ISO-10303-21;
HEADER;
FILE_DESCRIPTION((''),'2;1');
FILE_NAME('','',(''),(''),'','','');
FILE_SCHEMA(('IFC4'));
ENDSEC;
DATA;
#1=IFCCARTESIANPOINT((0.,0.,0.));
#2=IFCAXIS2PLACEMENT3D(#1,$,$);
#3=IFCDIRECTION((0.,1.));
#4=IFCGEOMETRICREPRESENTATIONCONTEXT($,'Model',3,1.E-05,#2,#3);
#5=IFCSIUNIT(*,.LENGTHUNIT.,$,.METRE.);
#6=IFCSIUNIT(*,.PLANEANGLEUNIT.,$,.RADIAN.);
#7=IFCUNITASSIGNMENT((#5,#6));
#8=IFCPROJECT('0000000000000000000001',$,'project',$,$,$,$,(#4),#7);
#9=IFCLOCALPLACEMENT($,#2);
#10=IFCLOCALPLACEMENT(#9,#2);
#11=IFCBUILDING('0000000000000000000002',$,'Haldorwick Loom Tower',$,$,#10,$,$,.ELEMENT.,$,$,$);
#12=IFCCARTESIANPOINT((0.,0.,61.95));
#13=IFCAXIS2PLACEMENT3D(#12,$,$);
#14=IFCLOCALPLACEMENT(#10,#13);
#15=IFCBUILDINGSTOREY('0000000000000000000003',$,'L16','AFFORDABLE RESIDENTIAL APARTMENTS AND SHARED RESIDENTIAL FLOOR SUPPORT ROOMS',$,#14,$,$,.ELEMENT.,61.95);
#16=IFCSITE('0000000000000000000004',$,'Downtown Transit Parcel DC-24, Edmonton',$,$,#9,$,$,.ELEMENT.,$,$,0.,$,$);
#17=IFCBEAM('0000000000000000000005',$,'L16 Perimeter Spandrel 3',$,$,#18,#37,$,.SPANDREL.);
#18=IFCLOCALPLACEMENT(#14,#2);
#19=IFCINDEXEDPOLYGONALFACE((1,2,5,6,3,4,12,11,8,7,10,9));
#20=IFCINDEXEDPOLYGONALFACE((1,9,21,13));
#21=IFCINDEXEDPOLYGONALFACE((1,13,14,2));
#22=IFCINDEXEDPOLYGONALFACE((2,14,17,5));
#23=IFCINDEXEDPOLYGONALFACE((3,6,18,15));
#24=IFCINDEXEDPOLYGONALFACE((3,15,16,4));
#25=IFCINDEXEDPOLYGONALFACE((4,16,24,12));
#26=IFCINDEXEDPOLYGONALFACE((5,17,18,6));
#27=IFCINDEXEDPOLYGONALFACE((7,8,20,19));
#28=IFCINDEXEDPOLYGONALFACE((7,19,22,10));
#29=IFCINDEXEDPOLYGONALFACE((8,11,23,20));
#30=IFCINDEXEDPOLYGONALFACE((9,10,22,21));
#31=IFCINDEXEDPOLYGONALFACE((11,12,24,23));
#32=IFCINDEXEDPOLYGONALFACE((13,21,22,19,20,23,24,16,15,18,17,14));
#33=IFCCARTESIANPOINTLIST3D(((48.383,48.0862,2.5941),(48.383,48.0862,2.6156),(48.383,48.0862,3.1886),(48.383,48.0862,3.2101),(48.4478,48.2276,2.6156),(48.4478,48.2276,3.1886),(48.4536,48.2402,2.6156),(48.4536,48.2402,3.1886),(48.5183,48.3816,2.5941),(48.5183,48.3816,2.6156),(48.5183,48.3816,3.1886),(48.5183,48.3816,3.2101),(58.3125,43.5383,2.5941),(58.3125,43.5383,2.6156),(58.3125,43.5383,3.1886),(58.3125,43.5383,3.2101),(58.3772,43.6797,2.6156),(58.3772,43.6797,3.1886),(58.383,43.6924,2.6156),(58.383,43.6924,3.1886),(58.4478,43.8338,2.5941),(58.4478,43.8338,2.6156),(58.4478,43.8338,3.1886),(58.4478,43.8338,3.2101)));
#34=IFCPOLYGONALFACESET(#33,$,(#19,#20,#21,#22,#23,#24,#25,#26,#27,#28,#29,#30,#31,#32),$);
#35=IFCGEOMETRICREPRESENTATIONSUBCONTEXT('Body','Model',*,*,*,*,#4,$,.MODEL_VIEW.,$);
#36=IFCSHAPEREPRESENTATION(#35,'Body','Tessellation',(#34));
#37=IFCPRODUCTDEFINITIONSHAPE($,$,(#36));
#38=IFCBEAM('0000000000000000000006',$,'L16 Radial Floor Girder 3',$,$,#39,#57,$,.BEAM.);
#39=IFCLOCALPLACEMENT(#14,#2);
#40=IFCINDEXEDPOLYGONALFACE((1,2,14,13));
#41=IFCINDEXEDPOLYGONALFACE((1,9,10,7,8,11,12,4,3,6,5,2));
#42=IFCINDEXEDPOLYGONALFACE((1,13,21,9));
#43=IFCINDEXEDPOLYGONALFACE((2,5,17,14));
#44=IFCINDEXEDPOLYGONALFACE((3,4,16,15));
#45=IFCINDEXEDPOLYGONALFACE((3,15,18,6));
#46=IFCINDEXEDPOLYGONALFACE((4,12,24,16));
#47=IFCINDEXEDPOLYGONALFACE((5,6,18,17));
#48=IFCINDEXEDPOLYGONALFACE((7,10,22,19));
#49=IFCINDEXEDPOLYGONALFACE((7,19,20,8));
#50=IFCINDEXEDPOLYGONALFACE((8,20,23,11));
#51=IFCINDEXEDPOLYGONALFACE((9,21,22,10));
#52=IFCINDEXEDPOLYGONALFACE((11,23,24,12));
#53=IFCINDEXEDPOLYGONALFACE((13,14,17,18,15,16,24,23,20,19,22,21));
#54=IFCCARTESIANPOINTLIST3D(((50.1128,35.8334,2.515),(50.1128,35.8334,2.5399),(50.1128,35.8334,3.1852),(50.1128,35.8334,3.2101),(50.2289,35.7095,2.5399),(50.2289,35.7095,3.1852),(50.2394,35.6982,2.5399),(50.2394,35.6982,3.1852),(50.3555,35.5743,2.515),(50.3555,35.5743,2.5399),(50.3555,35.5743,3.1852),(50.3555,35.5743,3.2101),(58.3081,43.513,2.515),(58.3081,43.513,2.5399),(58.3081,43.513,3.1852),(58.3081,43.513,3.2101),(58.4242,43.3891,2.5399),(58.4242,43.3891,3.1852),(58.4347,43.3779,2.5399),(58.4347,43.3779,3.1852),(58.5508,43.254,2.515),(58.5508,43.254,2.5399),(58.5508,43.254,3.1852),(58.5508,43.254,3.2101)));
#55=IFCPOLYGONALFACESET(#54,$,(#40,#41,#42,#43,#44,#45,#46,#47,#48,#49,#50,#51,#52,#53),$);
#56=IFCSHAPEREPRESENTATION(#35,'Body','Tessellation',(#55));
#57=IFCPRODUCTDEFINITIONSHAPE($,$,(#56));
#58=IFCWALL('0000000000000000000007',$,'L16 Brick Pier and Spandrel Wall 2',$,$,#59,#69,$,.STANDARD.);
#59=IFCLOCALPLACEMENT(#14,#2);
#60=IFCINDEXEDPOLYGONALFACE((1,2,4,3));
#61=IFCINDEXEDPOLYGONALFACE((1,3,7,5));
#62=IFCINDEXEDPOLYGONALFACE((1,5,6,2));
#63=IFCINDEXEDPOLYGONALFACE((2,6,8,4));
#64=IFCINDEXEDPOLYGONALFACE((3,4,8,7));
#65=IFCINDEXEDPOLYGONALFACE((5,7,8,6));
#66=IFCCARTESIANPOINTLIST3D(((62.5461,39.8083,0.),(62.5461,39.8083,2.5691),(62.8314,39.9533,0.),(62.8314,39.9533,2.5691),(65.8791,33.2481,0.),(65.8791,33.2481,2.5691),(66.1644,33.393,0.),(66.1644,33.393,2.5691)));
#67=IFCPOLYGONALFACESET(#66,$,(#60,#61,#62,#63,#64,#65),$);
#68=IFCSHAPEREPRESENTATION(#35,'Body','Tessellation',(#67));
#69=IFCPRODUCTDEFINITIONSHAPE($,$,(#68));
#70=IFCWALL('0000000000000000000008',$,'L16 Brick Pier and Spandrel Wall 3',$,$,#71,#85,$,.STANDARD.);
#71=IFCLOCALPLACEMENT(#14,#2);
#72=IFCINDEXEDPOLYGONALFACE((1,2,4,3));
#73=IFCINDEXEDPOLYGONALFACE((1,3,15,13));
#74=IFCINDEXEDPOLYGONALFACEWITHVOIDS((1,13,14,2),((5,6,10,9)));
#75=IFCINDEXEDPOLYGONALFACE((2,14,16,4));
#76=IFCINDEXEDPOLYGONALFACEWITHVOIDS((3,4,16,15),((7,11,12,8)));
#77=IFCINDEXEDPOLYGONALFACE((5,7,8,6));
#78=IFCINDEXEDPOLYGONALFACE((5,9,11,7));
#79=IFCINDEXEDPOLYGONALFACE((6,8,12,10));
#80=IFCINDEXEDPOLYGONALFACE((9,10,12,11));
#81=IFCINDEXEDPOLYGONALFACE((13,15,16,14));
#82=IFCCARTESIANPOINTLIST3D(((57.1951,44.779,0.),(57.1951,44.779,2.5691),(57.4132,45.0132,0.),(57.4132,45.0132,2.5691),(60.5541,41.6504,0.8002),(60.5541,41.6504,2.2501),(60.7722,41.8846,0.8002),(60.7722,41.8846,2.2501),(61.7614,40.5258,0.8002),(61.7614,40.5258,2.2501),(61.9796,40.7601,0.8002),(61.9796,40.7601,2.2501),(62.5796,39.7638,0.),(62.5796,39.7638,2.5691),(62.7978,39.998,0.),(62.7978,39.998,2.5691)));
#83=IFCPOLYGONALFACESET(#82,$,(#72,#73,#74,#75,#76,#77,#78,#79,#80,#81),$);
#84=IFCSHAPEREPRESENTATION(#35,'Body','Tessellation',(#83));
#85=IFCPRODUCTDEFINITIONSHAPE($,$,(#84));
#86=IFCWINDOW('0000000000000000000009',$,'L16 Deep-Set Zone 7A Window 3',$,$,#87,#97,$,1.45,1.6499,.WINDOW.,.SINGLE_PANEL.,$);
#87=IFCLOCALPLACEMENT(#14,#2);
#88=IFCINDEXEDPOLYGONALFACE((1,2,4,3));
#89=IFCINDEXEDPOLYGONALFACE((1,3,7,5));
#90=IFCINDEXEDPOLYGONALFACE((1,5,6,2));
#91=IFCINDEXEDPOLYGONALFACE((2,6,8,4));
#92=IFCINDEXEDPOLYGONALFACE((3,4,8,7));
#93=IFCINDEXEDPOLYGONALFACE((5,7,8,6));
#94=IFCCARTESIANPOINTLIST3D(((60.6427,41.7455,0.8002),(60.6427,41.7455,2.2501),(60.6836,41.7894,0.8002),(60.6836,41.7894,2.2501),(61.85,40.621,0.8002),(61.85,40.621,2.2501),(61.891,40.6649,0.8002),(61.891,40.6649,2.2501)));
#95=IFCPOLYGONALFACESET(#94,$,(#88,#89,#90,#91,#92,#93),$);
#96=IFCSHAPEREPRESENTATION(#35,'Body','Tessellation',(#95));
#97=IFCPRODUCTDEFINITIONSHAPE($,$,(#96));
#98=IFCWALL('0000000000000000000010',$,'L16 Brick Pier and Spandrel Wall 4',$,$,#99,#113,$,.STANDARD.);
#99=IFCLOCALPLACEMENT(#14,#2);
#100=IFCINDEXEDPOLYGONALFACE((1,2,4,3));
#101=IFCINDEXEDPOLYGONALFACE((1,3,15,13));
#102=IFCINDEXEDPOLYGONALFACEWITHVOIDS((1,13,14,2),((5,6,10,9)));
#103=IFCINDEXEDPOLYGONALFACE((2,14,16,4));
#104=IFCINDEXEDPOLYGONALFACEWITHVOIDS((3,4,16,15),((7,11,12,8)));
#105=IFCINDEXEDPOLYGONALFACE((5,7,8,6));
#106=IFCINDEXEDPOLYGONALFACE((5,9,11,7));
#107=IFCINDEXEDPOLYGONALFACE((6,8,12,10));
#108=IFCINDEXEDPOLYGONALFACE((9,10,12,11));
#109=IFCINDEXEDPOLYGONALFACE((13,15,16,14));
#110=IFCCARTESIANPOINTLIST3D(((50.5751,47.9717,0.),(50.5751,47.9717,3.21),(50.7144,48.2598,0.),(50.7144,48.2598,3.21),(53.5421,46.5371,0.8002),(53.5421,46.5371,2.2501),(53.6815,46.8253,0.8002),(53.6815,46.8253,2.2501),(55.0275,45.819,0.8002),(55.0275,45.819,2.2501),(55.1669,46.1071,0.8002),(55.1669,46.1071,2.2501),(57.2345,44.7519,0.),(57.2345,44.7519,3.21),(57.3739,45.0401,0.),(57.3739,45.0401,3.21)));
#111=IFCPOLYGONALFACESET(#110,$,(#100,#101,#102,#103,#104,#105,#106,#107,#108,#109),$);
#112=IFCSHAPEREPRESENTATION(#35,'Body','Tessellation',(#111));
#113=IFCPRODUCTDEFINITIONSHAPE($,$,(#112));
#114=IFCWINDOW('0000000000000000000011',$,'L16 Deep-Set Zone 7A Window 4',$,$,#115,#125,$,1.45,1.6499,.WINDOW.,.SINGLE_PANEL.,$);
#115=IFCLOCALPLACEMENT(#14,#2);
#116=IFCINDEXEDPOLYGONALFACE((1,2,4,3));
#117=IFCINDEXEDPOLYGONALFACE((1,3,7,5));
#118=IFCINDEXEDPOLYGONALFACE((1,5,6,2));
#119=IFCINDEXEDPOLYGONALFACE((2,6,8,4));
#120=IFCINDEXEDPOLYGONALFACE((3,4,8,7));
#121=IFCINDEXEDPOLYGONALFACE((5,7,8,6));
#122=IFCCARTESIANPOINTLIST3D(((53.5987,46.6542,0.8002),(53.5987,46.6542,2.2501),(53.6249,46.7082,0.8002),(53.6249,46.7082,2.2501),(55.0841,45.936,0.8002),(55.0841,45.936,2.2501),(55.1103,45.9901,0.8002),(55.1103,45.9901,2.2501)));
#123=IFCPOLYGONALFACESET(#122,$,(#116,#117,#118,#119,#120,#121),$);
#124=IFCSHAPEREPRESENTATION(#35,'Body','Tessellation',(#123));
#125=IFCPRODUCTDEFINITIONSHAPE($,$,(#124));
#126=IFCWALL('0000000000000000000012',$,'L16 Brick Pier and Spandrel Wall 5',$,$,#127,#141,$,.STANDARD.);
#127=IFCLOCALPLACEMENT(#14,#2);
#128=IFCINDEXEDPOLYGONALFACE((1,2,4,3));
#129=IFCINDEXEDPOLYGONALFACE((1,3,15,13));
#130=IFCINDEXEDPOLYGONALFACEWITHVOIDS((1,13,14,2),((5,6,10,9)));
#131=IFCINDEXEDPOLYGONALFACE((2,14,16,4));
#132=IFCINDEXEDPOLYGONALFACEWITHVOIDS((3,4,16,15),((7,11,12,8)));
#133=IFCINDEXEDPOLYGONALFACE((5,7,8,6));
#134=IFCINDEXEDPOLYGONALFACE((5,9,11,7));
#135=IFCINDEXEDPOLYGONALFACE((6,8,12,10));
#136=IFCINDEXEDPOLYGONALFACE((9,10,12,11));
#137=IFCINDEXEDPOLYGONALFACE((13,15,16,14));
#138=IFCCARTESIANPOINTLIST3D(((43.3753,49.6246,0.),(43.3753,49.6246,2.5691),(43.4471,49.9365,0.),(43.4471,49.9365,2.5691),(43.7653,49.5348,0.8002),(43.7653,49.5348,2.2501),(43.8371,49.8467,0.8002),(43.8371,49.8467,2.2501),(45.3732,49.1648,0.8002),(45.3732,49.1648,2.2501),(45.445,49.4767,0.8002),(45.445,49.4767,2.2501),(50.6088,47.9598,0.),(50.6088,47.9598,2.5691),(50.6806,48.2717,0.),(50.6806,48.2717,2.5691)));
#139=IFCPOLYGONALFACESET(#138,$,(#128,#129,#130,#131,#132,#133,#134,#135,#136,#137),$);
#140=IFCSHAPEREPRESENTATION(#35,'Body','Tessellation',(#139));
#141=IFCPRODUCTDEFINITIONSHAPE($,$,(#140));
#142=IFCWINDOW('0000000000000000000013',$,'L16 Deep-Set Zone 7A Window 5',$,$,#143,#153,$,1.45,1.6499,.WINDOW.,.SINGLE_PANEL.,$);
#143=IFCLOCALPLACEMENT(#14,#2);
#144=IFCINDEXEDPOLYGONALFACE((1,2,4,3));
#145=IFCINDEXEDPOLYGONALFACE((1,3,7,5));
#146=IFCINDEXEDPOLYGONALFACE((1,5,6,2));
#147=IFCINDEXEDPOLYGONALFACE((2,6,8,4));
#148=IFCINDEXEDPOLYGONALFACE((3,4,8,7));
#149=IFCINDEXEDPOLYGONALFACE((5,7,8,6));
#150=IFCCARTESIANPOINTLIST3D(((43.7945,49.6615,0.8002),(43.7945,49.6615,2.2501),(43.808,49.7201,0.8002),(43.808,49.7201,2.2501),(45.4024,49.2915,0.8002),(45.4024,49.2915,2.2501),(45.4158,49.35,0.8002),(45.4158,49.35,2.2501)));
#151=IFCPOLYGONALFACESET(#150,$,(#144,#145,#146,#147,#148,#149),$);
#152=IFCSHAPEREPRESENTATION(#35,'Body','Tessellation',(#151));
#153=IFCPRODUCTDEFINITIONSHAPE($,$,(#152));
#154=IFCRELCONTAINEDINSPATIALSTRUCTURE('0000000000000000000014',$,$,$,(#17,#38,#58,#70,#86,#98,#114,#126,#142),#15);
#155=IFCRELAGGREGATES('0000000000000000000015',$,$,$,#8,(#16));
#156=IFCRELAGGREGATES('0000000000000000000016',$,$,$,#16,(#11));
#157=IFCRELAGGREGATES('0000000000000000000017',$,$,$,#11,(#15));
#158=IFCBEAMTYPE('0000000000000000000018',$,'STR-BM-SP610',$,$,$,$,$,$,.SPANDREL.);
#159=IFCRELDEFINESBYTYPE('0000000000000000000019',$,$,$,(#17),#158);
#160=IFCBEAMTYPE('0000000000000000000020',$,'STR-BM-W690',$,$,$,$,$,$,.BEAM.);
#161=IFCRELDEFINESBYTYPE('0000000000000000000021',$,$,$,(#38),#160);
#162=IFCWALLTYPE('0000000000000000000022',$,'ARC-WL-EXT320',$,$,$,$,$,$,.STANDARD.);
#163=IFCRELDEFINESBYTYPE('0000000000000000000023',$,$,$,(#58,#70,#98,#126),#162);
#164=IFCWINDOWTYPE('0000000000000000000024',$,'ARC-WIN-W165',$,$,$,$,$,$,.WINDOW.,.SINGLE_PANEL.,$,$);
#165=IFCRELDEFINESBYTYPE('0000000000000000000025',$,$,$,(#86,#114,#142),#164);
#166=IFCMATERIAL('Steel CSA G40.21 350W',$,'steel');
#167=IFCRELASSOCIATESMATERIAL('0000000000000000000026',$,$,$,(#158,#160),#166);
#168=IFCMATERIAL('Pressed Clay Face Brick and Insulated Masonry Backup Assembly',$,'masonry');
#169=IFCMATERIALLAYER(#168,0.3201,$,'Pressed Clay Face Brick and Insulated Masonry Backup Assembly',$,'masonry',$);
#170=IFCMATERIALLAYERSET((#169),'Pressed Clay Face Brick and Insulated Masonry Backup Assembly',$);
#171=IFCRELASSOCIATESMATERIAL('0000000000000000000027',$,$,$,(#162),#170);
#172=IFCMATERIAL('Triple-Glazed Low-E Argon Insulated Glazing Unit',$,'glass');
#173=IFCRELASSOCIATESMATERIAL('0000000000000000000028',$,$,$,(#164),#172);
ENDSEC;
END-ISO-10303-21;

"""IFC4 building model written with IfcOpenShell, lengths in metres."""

from ifc_helpers import new_model, si_unit, direction, frame, frame_2d, origin, origin_2d, place, context, subcontext, project, spatial, rectangle, i_section, extrude, material, layer, layer_set, material_profile, profile_set, type_object, element, fill, save


model = new_model("IFC4")

# Units and contexts
model_context = context("Model", 3, precision=1e-05, world=origin(), true_north=direction((0.0, 1.0)))
body_context = subcontext(model_context, "Body", "Model", "MODEL_VIEW")
ifc_project = project(units=[si_unit("LENGTHUNIT", "METRE"), si_unit("PLANEANGLEUNIT", "RADIAN")], contexts=[model_context])

# Site, building, storey
site_placement = place(None, origin())
site = spatial("IfcSite", under=ifc_project, at=site_placement, Name="Downtown Transit Parcel DC-24, Edmonton", CompositionType="ELEMENT", RefElevation=0.0)
building_placement = place(site_placement, origin())
building = spatial("IfcBuilding", under=site, at=building_placement, Name="Haldorwick Loom Tower", CompositionType="ELEMENT")
storey_placement = place(building_placement, frame((0.0, 0.0, 61.95)))
storey = spatial("IfcBuildingStorey", under=building, at=storey_placement, Name="L16", Description="AFFORDABLE RESIDENTIAL APARTMENTS AND SHARED RESIDENTIAL FLOOR SUPPORT ROOMS", CompositionType="ELEMENT", Elevation=61.95)

# Beams
ifc_material_1 = material(Name="Steel CSA G40.21 350W", Category="steel")
ifc_material_profile_1 = material_profile(ifc_material_1, i_section(OverallWidth=0.325, OverallDepth=0.616, WebThickness=0.0139, FlangeThickness=0.0215, at=origin_2d()), Name="W610X174", Category="steel")
ifc_profile_set_1 = profile_set([ifc_material_profile_1], Name="Steel CSA G40.21 350W")
beam_type_1 = type_object("IfcBeamType", Name="STR-BM-SP610", PredefinedType="SPANDREL", material=ifc_profile_set_1)
beam_1_placement = place(storey_placement, frame((58.3801, 43.686, 2.9021), z_axis=(-0.909174, 0.416417, 0.0), x_axis=(-0.416417, -0.909174, 0.0)))
element("IfcBeam", 1, at=beam_1_placement, inside=storey, type_object=beam_type_1, Name="L16 Perimeter Spandrel 3", PredefinedType="SPANDREL", context=body_context, shape_type="SweptSolid", body=[
    extrude(i_section(OverallWidth=0.325, OverallDepth=0.616, WebThickness=0.0139, FlangeThickness=0.0215, at=origin_2d()), origin(), (0.0, 0.0, 1.0), 10.9214),
])
ifc_material_profile_2 = material_profile(ifc_material_1, i_section(OverallWidth=0.355, OverallDepth=0.6951, WebThickness=0.0154, FlangeThickness=0.0249, at=origin_2d()), Name="W690X217", Category="steel")
ifc_profile_set_2 = profile_set([ifc_material_profile_2], Name="Steel CSA G40.21 350W")
beam_type_2 = type_object("IfcBeamType", Name="STR-BM-W690", PredefinedType="BEAM", material=ifc_profile_set_2)
beam_2_placement = place(storey_placement, frame((50.2341, 35.7039, 2.8625), z_axis=(0.729689, 0.683779, 0.0), x_axis=(-0.683779, 0.729689, 0.0)))
element("IfcBeam", 2, at=beam_2_placement, inside=storey, type_object=beam_type_2, Name="L16 Radial Floor Girder 3", PredefinedType="BEAM", context=body_context, shape_type="SweptSolid", body=[
    extrude(i_section(OverallWidth=0.355, OverallDepth=0.6951, WebThickness=0.0154, FlangeThickness=0.0249, at=origin_2d()), origin(), (0.0, 0.0, 1.0), 11.2312),
])

# Wall
ifc_material_2 = material(Name="Pressed Clay Face Brick and Insulated Masonry Backup Assembly", Category="masonry")
ifc_layer_1 = layer(ifc_material_2, 0.3201, Name="Pressed Clay Face Brick and Insulated Masonry Backup Assembly", Category="masonry")
ifc_layer_set_1 = layer_set([ifc_layer_1], Name="Pressed Clay Face Brick and Insulated Masonry Backup Assembly")
wall_type_1 = type_object("IfcWallType", Name="ARC-WL-EXT320", PredefinedType="STANDARD", material=ifc_layer_set_1)
wall_1_placement = place(storey_placement, frame((66.0217, 33.3206, 0.0), z_axis=(0.0, 0.0, 1.0), x_axis=(-0.452951, 0.891535, 0.0)))
element("IfcWall", 3, at=wall_1_placement, inside=storey, type_object=wall_type_1, Name="L16 Brick Pier and Spandrel Wall 2", PredefinedType="STANDARD", context=body_context, shape_type="SweptSolid", body=[
    extrude(rectangle(XDim=7.3584, YDim=0.3201, at=frame_2d((3.6792, 0.0))), origin(), (0.0, 0.0, 1.0), 2.5691),
])

# Walls, openings, windows
wall_2_placement = place(storey_placement, frame((62.6887, 39.8809, 0.0), z_axis=(0.0, 0.0, 1.0), x_axis=(-0.731761, 0.681561, 0.0)))
wall_2 = element("IfcWall", 4, at=wall_2_placement, inside=storey, type_object=wall_type_1, Name="L16 Brick Pier and Spandrel Wall 3", PredefinedType="STANDARD", context=body_context, shape_type="SweptSolid", body=[
    extrude(rectangle(XDim=7.3584, YDim=0.3201, at=frame_2d((3.6792, 0.0))), origin(), (0.0, 0.0, 1.0), 2.5691),
])
opening_1_placement = place(wall_2_placement, frame((1.1182, 0.0, 0.8)))
opening_1 = element("IfcOpeningElement", 5, at=opening_1_placement, cuts=wall_2, PredefinedType="OPENING", context=body_context, shape_type="SweptSolid", body=[
    extrude(rectangle(XDim=1.6499, YDim=1.45, at=frame_2d((0.825, 0.7251))), frame((0.0, 0.1699, 0.0), z_axis=(0.0, -1.0, 0.0), x_axis=(1.0, 0.0, 0.0)), (0.0, 0.0, 1.0), 0.3401),
])
ifc_material_3 = material(Name="Triple-Glazed Low-E Argon Insulated Glazing Unit", Category="glass")
window_type = type_object("IfcWindowType", Name="ARC-WIN-W165", PartitioningType="SINGLE_PANEL", PredefinedType="WINDOW", material=ifc_material_3)
window_1_placement = place(opening_1_placement, origin())
window_1 = element("IfcWindow", 6, at=window_1_placement, inside=storey, type_object=window_type, Name="L16 Deep-Set Zone 7A Window 3", OverallHeight=1.45, OverallWidth=1.6499, PartitioningType="SINGLE_PANEL", PredefinedType="WINDOW", context=body_context, shape_type="SweptSolid", body=[
    extrude(rectangle(XDim=1.6499, YDim=1.45, at=frame_2d((0.825, 0.7251))), frame((0.0, 0.03, 0.0), z_axis=(0.0, -1.0, 0.0), x_axis=(1.0, 0.0, 0.0)), (0.0, 0.0, 1.0), 0.0601),
])
fill(opening_1, window_1)
wall_3_placement = place(storey_placement, frame((57.3042, 44.896, 0.0), z_axis=(0.0, 0.0, 1.0), x_axis=(-0.900296, 0.435279, 0.0)))
wall_3 = element("IfcWall", 7, at=wall_3_placement, inside=storey, type_object=wall_type_1, Name="L16 Brick Pier and Spandrel Wall 4", PredefinedType="STANDARD", context=body_context, shape_type="SweptSolid", body=[
    extrude(rectangle(XDim=7.397, YDim=0.3201, at=frame_2d((3.6985, 0.0))), origin(), (0.0, 0.0, 1.0), 3.21),
])
opening_2_placement = place(wall_3_placement, frame((2.4514, 0.0, 0.8)))
opening_2 = element("IfcOpeningElement", 8, at=opening_2_placement, cuts=wall_3, PredefinedType="OPENING", context=body_context, shape_type="SweptSolid", body=[
    extrude(rectangle(XDim=1.6499, YDim=1.45, at=frame_2d((0.825, 0.7251))), frame((0.0, 0.1699, 0.0), z_axis=(0.0, -1.0, 0.0), x_axis=(1.0, 0.0, 0.0)), (0.0, 0.0, 1.0), 0.3401),
])
window_2_placement = place(opening_2_placement, origin())
window_2 = element("IfcWindow", 9, at=window_2_placement, inside=storey, type_object=window_type, Name="L16 Deep-Set Zone 7A Window 4", OverallHeight=1.45, OverallWidth=1.6499, PartitioningType="SINGLE_PANEL", PredefinedType="WINDOW", context=body_context, shape_type="SweptSolid", body=[
    extrude(rectangle(XDim=1.6499, YDim=1.45, at=frame_2d((0.825, 0.7251))), frame((0.0, 0.03, 0.0), z_axis=(0.0, -1.0, 0.0), x_axis=(1.0, 0.0, 0.0)), (0.0, 0.0, 1.0), 0.0601),
])
fill(opening_2, window_2)
wall_4_placement = place(storey_placement, frame((50.6448, 48.1157, 0.0), z_axis=(0.0, 0.0, 1.0), x_axis=(-0.974522, 0.22429, 0.0)))
wall_4 = element("IfcWall", 10, at=wall_4_placement, inside=storey, type_object=wall_type_1, Name="L16 Brick Pier and Spandrel Wall 5", PredefinedType="STANDARD", context=body_context, shape_type="SweptSolid", body=[
    extrude(rectangle(XDim=7.4226, YDim=0.3201, at=frame_2d((3.7114, 0.0))), origin(), (0.0, 0.0, 1.0), 2.5691),
])
opening_3_placement = place(wall_4_placement, frame((5.3726, 0.0, 0.8)))
opening_3 = element("IfcOpeningElement", 11, at=opening_3_placement, cuts=wall_4, PredefinedType="OPENING", context=body_context, shape_type="SweptSolid", body=[
    extrude(rectangle(XDim=1.6499, YDim=1.45, at=frame_2d((0.825, 0.7251))), frame((0.0, 0.1699, 0.0), z_axis=(0.0, -1.0, 0.0), x_axis=(1.0, 0.0, 0.0)), (0.0, 0.0, 1.0), 0.3401),
])
window_3_placement = place(opening_3_placement, origin())
window_3 = element("IfcWindow", 12, at=window_3_placement, inside=storey, type_object=window_type, Name="L16 Deep-Set Zone 7A Window 5", OverallHeight=1.45, OverallWidth=1.6499, PartitioningType="SINGLE_PANEL", PredefinedType="WINDOW", context=body_context, shape_type="SweptSolid", body=[
    extrude(rectangle(XDim=1.6499, YDim=1.45, at=frame_2d((0.825, 0.7251))), frame((0.0, 0.03, 0.0), z_axis=(0.0, -1.0, 0.0), x_axis=(1.0, 0.0, 0.0)), (0.0, 0.0, 1.0), 0.0601),
])
fill(opening_3, window_3)

save(model, "model.ifc")
